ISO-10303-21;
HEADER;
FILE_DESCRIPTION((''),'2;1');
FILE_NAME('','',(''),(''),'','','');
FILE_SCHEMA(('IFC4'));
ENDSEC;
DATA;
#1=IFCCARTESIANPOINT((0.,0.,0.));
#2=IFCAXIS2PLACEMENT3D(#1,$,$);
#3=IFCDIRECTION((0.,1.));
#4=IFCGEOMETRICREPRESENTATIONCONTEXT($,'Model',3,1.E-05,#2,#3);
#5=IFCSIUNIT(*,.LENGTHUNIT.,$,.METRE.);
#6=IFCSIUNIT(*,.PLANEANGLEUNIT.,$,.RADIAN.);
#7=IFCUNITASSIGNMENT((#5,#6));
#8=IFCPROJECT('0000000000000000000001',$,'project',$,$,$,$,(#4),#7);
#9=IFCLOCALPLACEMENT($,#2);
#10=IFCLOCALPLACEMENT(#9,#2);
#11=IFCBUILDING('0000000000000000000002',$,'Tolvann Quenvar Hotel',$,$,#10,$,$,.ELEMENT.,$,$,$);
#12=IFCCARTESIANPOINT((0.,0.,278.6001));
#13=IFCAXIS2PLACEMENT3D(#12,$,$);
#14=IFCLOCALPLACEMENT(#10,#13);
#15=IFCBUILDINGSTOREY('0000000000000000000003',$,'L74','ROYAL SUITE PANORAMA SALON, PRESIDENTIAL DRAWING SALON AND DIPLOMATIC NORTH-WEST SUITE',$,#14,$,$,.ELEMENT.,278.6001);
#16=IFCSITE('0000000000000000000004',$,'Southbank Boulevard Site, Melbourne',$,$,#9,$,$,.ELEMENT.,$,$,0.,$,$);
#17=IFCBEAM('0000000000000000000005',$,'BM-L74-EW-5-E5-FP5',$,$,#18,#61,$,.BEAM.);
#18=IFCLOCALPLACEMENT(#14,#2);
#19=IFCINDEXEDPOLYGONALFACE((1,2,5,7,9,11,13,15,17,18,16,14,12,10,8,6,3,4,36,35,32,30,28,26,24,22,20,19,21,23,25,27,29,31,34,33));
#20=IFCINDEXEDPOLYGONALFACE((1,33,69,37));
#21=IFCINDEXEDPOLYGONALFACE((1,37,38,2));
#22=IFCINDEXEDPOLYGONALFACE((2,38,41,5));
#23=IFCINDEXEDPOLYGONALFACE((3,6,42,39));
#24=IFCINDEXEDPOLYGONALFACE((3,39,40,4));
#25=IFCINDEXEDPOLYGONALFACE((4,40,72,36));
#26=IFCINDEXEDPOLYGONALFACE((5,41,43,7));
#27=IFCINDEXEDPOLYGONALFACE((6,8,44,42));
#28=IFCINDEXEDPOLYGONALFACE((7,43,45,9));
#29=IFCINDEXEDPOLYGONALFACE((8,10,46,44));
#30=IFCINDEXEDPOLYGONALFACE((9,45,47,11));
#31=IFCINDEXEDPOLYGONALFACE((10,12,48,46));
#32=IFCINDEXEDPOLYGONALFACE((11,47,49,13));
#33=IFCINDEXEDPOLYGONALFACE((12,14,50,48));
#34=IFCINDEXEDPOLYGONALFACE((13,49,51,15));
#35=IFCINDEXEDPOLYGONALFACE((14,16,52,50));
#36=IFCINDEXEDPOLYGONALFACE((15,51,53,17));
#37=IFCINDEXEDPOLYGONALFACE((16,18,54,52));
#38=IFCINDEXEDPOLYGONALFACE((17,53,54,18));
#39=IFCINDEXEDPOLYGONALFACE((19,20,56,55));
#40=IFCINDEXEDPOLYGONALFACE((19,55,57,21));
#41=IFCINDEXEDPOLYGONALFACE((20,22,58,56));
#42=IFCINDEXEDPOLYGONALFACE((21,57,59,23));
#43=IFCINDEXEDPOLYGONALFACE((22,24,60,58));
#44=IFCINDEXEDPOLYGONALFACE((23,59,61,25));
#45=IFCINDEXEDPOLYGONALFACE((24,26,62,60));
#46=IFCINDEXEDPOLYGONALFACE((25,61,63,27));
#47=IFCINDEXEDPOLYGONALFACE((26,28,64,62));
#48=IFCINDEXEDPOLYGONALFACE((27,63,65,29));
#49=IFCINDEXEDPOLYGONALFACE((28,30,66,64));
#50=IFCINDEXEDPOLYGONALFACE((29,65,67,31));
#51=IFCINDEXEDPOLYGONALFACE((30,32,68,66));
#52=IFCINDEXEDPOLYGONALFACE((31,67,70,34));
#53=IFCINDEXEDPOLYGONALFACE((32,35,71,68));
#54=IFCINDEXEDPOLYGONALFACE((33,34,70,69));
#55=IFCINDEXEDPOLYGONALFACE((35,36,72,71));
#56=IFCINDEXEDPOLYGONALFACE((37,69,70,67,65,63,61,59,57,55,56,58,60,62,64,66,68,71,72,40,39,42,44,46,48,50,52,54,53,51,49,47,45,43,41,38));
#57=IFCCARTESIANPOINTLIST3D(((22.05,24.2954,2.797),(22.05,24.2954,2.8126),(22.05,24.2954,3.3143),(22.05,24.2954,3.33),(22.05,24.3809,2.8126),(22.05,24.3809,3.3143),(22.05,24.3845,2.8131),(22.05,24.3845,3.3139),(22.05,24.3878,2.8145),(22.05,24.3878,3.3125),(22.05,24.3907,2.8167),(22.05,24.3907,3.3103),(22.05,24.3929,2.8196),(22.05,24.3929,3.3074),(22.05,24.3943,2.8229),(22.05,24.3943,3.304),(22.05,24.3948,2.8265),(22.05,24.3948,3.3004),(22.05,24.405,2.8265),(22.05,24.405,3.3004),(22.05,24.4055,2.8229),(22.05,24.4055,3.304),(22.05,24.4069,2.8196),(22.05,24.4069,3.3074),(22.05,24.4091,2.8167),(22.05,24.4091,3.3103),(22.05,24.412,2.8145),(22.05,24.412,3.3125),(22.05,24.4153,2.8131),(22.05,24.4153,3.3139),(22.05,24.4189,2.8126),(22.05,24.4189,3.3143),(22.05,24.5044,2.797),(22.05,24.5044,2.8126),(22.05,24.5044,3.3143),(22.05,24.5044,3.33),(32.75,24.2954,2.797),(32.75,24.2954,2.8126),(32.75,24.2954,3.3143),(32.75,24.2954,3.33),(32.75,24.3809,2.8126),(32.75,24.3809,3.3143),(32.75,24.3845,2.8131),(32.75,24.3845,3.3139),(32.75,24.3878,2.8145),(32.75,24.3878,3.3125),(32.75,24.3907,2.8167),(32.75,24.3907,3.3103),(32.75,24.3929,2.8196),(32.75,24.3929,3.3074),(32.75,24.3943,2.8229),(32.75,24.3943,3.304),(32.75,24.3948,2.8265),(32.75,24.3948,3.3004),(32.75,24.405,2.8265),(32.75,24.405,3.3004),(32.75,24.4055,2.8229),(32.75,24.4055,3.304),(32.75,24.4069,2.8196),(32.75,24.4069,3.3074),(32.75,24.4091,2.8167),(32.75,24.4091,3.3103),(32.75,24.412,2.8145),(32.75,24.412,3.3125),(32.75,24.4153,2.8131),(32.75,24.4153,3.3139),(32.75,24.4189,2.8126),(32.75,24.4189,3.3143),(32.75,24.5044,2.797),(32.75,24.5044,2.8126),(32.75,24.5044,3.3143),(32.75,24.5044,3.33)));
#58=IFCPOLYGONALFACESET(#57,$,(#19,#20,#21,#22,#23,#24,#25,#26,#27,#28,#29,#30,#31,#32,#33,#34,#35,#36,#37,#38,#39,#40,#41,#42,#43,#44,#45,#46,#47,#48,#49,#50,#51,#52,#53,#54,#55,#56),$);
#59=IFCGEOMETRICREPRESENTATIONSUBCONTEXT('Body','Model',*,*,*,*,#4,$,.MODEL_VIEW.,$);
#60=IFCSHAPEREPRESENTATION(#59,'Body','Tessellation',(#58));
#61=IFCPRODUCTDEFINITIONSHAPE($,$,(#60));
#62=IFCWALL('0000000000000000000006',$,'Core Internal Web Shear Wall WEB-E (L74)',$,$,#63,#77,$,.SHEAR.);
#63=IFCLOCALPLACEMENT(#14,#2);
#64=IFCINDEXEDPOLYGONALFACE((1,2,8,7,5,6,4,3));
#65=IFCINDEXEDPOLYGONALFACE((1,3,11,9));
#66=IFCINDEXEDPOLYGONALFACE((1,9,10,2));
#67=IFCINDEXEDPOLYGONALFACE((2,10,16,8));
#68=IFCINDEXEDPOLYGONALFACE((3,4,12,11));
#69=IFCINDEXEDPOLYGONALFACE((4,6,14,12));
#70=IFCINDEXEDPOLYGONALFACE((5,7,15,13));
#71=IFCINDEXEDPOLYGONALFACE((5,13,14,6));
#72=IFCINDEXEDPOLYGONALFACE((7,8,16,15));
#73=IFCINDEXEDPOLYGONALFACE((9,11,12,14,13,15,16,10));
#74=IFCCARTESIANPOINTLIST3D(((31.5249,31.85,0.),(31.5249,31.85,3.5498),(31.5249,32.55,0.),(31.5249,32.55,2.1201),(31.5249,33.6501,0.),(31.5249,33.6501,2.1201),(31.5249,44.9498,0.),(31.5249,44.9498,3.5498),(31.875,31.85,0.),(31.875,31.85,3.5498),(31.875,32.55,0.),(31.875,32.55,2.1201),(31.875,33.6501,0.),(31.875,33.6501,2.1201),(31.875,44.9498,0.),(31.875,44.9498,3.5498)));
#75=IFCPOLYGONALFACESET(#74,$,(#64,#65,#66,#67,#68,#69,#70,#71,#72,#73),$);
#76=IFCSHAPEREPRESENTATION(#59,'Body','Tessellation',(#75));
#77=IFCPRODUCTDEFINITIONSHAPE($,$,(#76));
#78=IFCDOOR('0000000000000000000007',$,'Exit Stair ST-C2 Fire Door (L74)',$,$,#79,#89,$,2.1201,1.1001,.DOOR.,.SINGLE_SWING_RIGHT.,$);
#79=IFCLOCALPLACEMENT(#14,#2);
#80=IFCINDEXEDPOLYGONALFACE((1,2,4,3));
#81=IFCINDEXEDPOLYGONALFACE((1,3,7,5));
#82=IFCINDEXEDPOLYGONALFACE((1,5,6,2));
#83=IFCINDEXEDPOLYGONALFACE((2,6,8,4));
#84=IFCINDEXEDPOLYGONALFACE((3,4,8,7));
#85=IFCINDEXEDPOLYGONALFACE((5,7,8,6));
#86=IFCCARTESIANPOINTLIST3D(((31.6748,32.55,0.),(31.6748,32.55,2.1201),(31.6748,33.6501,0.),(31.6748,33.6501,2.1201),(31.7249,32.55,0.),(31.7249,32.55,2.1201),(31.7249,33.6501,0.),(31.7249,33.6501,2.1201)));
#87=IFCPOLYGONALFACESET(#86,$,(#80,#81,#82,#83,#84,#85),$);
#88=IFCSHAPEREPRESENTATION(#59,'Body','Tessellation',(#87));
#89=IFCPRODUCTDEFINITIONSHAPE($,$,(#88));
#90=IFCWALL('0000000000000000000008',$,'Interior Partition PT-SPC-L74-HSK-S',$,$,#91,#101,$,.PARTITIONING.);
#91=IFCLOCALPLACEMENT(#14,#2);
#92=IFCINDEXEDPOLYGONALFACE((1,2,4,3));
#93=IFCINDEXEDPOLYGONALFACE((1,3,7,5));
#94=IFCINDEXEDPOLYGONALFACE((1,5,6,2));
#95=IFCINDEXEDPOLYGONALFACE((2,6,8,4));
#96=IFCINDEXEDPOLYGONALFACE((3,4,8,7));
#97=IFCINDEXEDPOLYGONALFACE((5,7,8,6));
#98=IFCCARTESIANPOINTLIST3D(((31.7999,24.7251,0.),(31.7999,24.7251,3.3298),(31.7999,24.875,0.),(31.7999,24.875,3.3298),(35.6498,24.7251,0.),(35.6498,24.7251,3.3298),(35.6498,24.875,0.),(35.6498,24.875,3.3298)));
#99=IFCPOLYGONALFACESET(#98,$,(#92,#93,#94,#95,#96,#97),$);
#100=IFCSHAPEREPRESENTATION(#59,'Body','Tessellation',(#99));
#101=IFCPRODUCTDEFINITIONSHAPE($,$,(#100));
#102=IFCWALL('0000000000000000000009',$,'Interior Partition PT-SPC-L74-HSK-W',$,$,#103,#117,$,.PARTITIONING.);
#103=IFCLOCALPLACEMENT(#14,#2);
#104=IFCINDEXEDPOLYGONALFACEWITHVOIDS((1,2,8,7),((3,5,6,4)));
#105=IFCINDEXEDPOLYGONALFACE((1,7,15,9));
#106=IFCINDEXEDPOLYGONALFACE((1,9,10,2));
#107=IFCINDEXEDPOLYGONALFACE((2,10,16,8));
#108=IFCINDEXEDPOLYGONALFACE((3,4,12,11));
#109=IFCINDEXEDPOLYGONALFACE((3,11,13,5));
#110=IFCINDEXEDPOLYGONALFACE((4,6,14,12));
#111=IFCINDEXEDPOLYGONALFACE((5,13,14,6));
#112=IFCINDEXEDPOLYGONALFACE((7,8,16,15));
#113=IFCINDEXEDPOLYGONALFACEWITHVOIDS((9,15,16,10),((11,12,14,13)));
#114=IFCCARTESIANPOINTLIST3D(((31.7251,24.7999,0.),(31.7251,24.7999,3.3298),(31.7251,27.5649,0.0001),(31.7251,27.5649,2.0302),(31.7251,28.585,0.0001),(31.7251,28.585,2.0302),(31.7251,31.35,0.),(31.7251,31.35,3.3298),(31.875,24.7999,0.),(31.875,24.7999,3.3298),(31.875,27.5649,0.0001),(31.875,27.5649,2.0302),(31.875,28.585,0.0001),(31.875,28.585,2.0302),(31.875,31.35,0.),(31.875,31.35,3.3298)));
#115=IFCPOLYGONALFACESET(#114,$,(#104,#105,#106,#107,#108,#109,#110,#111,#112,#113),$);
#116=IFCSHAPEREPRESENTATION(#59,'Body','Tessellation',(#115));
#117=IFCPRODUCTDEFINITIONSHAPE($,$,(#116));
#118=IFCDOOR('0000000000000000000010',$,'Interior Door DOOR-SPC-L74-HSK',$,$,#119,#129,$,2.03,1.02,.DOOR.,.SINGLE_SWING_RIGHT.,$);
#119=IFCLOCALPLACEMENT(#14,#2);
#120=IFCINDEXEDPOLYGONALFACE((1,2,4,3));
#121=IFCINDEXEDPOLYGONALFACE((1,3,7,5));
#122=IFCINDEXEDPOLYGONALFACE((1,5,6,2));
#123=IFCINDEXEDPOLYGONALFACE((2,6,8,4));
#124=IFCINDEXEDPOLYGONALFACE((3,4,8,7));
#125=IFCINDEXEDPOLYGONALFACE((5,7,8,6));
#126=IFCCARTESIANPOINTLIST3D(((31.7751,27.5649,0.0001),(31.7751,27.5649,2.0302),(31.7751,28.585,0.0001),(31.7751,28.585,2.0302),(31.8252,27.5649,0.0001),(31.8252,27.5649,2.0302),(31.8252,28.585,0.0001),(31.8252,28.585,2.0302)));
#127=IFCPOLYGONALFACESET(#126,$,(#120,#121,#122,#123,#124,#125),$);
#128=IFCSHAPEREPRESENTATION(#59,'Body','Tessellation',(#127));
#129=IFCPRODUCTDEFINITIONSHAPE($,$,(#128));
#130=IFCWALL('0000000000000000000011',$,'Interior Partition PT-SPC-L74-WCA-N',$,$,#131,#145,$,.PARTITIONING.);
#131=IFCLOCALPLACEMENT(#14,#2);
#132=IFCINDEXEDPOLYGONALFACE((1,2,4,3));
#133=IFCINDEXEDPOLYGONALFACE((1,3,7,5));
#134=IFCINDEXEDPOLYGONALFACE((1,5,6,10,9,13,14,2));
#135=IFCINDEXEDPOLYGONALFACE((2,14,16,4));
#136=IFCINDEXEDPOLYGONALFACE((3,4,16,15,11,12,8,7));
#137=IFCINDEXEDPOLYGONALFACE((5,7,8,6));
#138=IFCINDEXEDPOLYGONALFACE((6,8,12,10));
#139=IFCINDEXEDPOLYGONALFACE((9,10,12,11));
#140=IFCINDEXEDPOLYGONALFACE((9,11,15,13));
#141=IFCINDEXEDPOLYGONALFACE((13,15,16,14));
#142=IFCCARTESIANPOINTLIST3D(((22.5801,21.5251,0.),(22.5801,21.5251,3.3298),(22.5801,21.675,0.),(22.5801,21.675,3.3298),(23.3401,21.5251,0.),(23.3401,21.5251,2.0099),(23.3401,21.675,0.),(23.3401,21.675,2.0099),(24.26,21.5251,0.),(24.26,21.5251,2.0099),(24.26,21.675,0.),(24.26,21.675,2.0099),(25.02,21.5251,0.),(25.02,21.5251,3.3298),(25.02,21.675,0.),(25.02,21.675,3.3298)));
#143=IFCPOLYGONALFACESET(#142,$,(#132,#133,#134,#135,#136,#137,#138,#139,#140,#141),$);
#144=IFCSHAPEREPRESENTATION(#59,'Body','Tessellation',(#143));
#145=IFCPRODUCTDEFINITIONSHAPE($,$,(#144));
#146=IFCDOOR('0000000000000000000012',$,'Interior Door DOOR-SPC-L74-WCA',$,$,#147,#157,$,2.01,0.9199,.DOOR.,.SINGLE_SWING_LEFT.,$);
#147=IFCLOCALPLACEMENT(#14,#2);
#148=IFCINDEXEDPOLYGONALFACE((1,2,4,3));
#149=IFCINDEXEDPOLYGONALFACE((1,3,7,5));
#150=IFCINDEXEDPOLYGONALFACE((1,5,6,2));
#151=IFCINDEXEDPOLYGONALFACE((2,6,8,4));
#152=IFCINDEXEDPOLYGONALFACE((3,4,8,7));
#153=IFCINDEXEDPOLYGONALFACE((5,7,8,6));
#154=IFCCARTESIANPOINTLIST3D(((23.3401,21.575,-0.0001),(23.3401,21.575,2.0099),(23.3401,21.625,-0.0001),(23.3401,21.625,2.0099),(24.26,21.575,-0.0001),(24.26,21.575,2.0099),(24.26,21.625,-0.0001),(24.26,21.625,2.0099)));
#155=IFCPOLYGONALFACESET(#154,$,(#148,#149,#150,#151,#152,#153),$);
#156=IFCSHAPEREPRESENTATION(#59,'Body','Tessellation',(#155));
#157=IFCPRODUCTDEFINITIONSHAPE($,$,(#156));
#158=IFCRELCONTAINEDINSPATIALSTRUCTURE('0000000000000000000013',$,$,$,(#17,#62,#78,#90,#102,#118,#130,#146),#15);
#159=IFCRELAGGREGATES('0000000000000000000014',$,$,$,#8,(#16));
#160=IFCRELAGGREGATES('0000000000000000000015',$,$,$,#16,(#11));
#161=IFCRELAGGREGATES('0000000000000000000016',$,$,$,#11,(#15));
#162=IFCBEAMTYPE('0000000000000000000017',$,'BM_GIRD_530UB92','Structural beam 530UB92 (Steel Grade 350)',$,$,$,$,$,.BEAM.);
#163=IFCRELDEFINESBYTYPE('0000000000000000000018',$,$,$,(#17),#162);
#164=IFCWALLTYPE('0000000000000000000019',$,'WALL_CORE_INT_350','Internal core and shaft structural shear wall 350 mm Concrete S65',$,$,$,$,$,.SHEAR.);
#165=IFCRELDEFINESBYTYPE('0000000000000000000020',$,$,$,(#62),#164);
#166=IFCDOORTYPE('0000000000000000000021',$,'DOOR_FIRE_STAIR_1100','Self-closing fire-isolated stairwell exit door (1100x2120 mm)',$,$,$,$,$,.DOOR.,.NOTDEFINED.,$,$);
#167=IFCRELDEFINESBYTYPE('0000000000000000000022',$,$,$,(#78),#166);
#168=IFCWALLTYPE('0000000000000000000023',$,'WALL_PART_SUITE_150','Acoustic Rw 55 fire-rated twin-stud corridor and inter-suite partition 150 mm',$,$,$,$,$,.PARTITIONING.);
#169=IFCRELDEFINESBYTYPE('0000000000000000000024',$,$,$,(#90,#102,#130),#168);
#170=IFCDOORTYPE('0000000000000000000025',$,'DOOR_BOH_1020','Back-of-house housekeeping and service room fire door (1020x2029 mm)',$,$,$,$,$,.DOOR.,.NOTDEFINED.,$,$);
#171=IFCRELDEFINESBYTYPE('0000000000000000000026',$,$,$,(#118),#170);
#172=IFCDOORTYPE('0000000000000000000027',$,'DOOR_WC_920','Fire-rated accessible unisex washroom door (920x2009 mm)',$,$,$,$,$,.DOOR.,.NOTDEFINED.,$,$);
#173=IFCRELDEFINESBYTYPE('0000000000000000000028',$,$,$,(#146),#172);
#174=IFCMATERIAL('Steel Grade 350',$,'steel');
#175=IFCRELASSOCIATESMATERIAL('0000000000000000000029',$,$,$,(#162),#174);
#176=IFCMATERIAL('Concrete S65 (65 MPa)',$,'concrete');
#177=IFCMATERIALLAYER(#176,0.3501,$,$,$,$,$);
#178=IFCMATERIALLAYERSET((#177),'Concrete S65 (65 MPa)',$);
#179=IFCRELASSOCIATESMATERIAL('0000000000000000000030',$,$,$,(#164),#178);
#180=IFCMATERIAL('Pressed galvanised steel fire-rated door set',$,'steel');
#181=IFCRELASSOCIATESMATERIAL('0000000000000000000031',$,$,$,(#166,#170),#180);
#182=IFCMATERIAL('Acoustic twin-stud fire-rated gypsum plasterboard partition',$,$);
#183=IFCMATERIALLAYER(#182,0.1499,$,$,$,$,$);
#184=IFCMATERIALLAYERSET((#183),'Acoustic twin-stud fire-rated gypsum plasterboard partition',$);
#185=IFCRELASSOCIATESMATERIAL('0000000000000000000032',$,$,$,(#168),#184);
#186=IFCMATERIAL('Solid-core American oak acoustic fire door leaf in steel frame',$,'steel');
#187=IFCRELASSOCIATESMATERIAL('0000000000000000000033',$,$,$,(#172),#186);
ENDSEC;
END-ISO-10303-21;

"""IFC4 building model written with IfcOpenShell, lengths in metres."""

from ifc_helpers import new_model, si_unit, direction, frame, frame_2d, origin, origin_2d, place, context, subcontext, project, spatial, rectangle, i_section, extrude, source, transform, mapped, material, layer, layer_set, material_profile, profile_set, type_object, type_shapes, element, fill, save


model = new_model("IFC4")

# Units and contexts
model_context = context("Model", 3, precision=1e-05, world=origin(), true_north=direction((0.0, 1.0)))
body_context = subcontext(model_context, "Body", "Model", "MODEL_VIEW")
ifc_project = project(units=[si_unit("LENGTHUNIT", "METRE"), si_unit("PLANEANGLEUNIT", "RADIAN")], contexts=[model_context])

# Site, building, storey
site_placement = place(None, origin())
site = spatial("IfcSite", under=ifc_project, at=site_placement, Name="Southbank Boulevard Site, Melbourne", CompositionType="ELEMENT", RefElevation=0.0)
building_placement = place(site_placement, origin())
building = spatial("IfcBuilding", under=site, at=building_placement, Name="Tolvann Quenvar Hotel", CompositionType="ELEMENT")
storey_placement = place(building_placement, frame((0.0, 0.0, 278.6001)))
storey = spatial("IfcBuildingStorey", under=building, at=storey_placement, Name="L74", Description="ROYAL SUITE PANORAMA SALON, PRESIDENTIAL DRAWING SALON AND DIPLOMATIC NORTH-WEST SUITE", CompositionType="ELEMENT", Elevation=278.6001)

# Shared definitions
ifc_material_1 = material(Name="Steel Grade 350", Category="steel")

# Beam
ifc_material_profile_1 = material_profile(ifc_material_1, i_section(OverallWidth=0.209, OverallDepth=0.533, WebThickness=0.0103, FlangeThickness=0.0156, FilletRadius=0.0139, at=origin_2d()), Name="530UB92")
ifc_profile_set_1 = profile_set([ifc_material_profile_1], Name="Steel Grade 350")
beam_type_1 = type_object("IfcBeamType", Name="BM_GIRD_530UB92", Description="Structural beam 530UB92 (Steel Grade 350)", PredefinedType="BEAM", material=ifc_profile_set_1)
shared_shape_1 = source(origin(), body_context, "Body", "SweptSolid", [
    extrude(i_section(OverallWidth=0.209, OverallDepth=0.533, WebThickness=0.0103, FlangeThickness=0.0156, FilletRadius=0.0139, at=origin_2d()), origin(), (0.0, 0.0, 1.0), 10.7),
])
beam_1_placement = place(storey_placement, frame((22.05, 24.3999, 3.0635), z_axis=(1.0, 0.0, 0.0), x_axis=(0.0, 1.0, 0.0)))
element("IfcBeam", 1, at=beam_1_placement, inside=storey, type_object=beam_type_1, Name="BM-L74-EW-5-E5-FP5", PredefinedType="BEAM", context=body_context, shape_type="MappedRepresentation", body=[
    mapped(shared_shape_1, transform((0.0, 0.0, 0.0), x_axis=(1.0, 0.0, 0.0), y_axis=(0.0, 1.0, 0.0), z_axis=(0.0, 0.0, 1.0), scale=1.0)),
])

# Wall, opening, door
ifc_material_2 = material(Name="Concrete S65 (65 MPa)", Category="concrete")
ifc_layer_1 = layer(ifc_material_2, 0.3501)
ifc_layer_set_1 = layer_set([ifc_layer_1], Name="Concrete S65 (65 MPa)")
wall_type_1 = type_object("IfcWallType", Name="WALL_CORE_INT_350", Description="Internal core and shaft structural shear wall 350 mm Concrete S65", PredefinedType="SHEAR", material=ifc_layer_set_1)
wall_1_placement = place(storey_placement, frame((31.7, 31.8501, 0.0), z_axis=(0.0, 0.0, 1.0), x_axis=(0.0, 1.0, 0.0)))
wall_1 = element("IfcWall", 2, at=wall_1_placement, inside=storey, type_object=wall_type_1, Name="Core Internal Web Shear Wall WEB-E (L74)", PredefinedType="SHEAR", context=body_context, shape_type="SweptSolid", body=[
    extrude(rectangle(XDim=13.0999, YDim=0.3501, at=frame_2d((6.5498, 0.0))), origin(), (0.0, 0.0, 1.0), 3.5498),
])
opening_1_placement = place(wall_1_placement, frame((1.8, 0.0, 0.0), z_axis=(0.0, 0.0, 1.0), x_axis=(-1.0, 0.0, 0.0)))
opening_1 = element("IfcOpeningElement", 3, at=opening_1_placement, cuts=wall_1, PredefinedType="OPENING", context=body_context, shape_type="SweptSolid", body=[
    extrude(rectangle(XDim=1.1001, YDim=2.1201, at=frame_2d((0.55, 1.0601))), frame((0.0, 0.1851, 0.0), z_axis=(0.0, -1.0, 0.0), x_axis=(1.0, 0.0, 0.0)), (0.0, 0.0, 1.0), 0.3701),
])
ifc_material_3 = material(Name="Pressed galvanised steel fire-rated door set", Category="steel")
door_type_1 = type_object("IfcDoorType", Name="DOOR_FIRE_STAIR_1100", Description="Self-closing fire-isolated stairwell exit door (1100x2120 mm)", OperationType="NOTDEFINED", PredefinedType="DOOR", material=ifc_material_3)
shared_shape_2 = source(origin(), body_context, "Body", "SweptSolid", [
    extrude(rectangle(XDim=1.1001, YDim=2.1201, at=frame_2d((0.55, 1.0601))), frame((0.0, 0.0249, 0.0), z_axis=(0.0, -1.0, 0.0), x_axis=(1.0, 0.0, 0.0)), (0.0, 0.0, 1.0), 0.05),
])
type_shapes(door_type_1, [shared_shape_2])
door_1_placement = place(opening_1_placement, origin())
door_1 = element("IfcDoor", 4, at=door_1_placement, inside=storey, type_object=door_type_1, Name="Exit Stair ST-C2 Fire Door (L74)", OperationType="SINGLE_SWING_RIGHT", OverallHeight=2.1201, OverallWidth=1.1001, PredefinedType="DOOR", context=body_context, shape_type="MappedRepresentation", body=[
    mapped(shared_shape_2, transform((0.0, 0.0, 0.0), x_axis=(1.0, 0.0, 0.0), y_axis=(0.0, 1.0, 0.0), z_axis=(0.0, 0.0, 1.0), scale=1.0)),
])
fill(opening_1, door_1)

# Wall
ifc_material_4 = material(Name="Acoustic twin-stud fire-rated gypsum plasterboard partition")
ifc_layer_2 = layer(ifc_material_4, 0.1499)
ifc_layer_set_2 = layer_set([ifc_layer_2], Name="Acoustic twin-stud fire-rated gypsum plasterboard partition")
wall_type_2 = type_object("IfcWallType", Name="WALL_PART_SUITE_150", Description="Acoustic Rw 55 fire-rated twin-stud corridor and inter-suite partition 150 mm", PredefinedType="PARTITIONING", material=ifc_layer_set_2)
wall_2_placement = place(storey_placement, frame((31.8, 24.8, 0.0), z_axis=(0.0, 0.0, 1.0), x_axis=(1.0, 0.0, 0.0)))
element("IfcWall", 5, at=wall_2_placement, inside=storey, type_object=wall_type_2, Name="Interior Partition PT-SPC-L74-HSK-S", PredefinedType="PARTITIONING", context=body_context, shape_type="SweptSolid", body=[
    extrude(rectangle(XDim=3.8499, YDim=0.1499, at=frame_2d((1.9248, 0.0))), origin(), (0.0, 0.0, 1.0), 3.3298),
])

# Walls, openings, doors
wall_3_placement = place(storey_placement, frame((31.8, 24.8, 0.0), z_axis=(0.0, 0.0, 1.0), x_axis=(0.0, 1.0, 0.0)))
wall_3 = element("IfcWall", 6, at=wall_3_placement, inside=storey, type_object=wall_type_2, Name="Interior Partition PT-SPC-L74-HSK-W", PredefinedType="PARTITIONING", context=body_context, shape_type="SweptSolid", body=[
    extrude(rectangle(XDim=6.55, YDim=0.1499, at=frame_2d((3.2749, 0.0))), origin(), (0.0, 0.0, 1.0), 3.3298),
])
opening_2_placement = place(wall_3_placement, frame((2.7649, 0.0, 0.0)))
opening_2 = element("IfcOpeningElement", 7, at=opening_2_placement, cuts=wall_3, PredefinedType="OPENING", context=body_context, shape_type="SweptSolid", body=[
    extrude(rectangle(XDim=1.02, YDim=2.03, at=frame_2d((0.51, 1.0151))), frame((0.0, 0.085, 0.0), z_axis=(0.0, -1.0, 0.0), x_axis=(1.0, 0.0, 0.0)), (0.0, 0.0, 1.0), 0.1699),
])
door_type_2 = type_object("IfcDoorType", Name="DOOR_BOH_1020", Description="Back-of-house housekeeping and service room fire door (1020x2029 mm)", OperationType="NOTDEFINED", PredefinedType="DOOR", material=ifc_material_3)
shared_shape_3 = source(origin(), body_context, "Body", "SweptSolid", [
    extrude(rectangle(XDim=1.02, YDim=2.03, at=frame_2d((0.51, 1.0151))), frame((0.0, 0.0249, 0.0), z_axis=(0.0, -1.0, 0.0), x_axis=(1.0, 0.0, 0.0)), (0.0, 0.0, 1.0), 0.05),
])
type_shapes(door_type_2, [shared_shape_3])
door_2_placement = place(opening_2_placement, origin())
door_2 = element("IfcDoor", 8, at=door_2_placement, inside=storey, type_object=door_type_2, Name="Interior Door DOOR-SPC-L74-HSK", OperationType="SINGLE_SWING_RIGHT", OverallHeight=2.03, OverallWidth=1.02, PredefinedType="DOOR", context=body_context, shape_type="MappedRepresentation", body=[
    mapped(shared_shape_3, transform((0.0, 0.0, 0.0), x_axis=(1.0, 0.0, 0.0), y_axis=(0.0, 1.0, 0.0), z_axis=(0.0, 0.0, 1.0), scale=1.0)),
])
fill(opening_2, door_2)
wall_4_placement = place(storey_placement, frame((22.5801, 21.6001, 0.0), z_axis=(0.0, 0.0, 1.0), x_axis=(1.0, 0.0, 0.0)))
wall_4 = element("IfcWall", 9, at=wall_4_placement, inside=storey, type_object=wall_type_2, Name="Interior Partition PT-SPC-L74-WCA-N", PredefinedType="PARTITIONING", context=body_context, shape_type="SweptSolid", body=[
    extrude(rectangle(XDim=2.4399, YDim=0.1499, at=frame_2d((1.22, 0.0))), origin(), (0.0, 0.0, 1.0), 3.3298),
])
opening_3_placement = place(wall_4_placement, frame((0.76, 0.0, 0.0)))
opening_3 = element("IfcOpeningElement", 10, at=opening_3_placement, cuts=wall_4, PredefinedType="OPENING", context=body_context, shape_type="SweptSolid", body=[
    extrude(rectangle(XDim=0.9199, YDim=2.01, at=frame_2d((0.46, 1.0049))), frame((0.0, 0.085, 0.0), z_axis=(0.0, -1.0, 0.0), x_axis=(1.0, 0.0, 0.0)), (0.0, 0.0, 1.0), 0.1699),
])
ifc_material_5 = material(Name="Solid-core American oak acoustic fire door leaf in steel frame", Category="steel")
door_type_3 = type_object("IfcDoorType", Name="DOOR_WC_920", Description="Fire-rated accessible unisex washroom door (920x2009 mm)", OperationType="NOTDEFINED", PredefinedType="DOOR", material=ifc_material_5)
shared_shape_4 = source(origin(), body_context, "Body", "SweptSolid", [
    extrude(rectangle(XDim=0.9199, YDim=2.01, at=frame_2d((0.46, 1.0049))), frame((0.0, 0.0249, 0.0), z_axis=(0.0, -1.0, 0.0), x_axis=(1.0, 0.0, 0.0)), (0.0, 0.0, 1.0), 0.05),
])
type_shapes(door_type_3, [shared_shape_4])
door_3_placement = place(opening_3_placement, origin())
door_3 = element("IfcDoor", 11, at=door_3_placement, inside=storey, type_object=door_type_3, Name="Interior Door DOOR-SPC-L74-WCA", OperationType="SINGLE_SWING_LEFT", OverallHeight=2.01, OverallWidth=0.9199, PredefinedType="DOOR", context=body_context, shape_type="MappedRepresentation", body=[
    mapped(shared_shape_4, transform((0.0, 0.0, 0.0), x_axis=(1.0, 0.0, 0.0), y_axis=(0.0, 1.0, 0.0), z_axis=(0.0, 0.0, 1.0), scale=1.0)),
])
fill(opening_3, door_3)

save(model, "model.ifc")
